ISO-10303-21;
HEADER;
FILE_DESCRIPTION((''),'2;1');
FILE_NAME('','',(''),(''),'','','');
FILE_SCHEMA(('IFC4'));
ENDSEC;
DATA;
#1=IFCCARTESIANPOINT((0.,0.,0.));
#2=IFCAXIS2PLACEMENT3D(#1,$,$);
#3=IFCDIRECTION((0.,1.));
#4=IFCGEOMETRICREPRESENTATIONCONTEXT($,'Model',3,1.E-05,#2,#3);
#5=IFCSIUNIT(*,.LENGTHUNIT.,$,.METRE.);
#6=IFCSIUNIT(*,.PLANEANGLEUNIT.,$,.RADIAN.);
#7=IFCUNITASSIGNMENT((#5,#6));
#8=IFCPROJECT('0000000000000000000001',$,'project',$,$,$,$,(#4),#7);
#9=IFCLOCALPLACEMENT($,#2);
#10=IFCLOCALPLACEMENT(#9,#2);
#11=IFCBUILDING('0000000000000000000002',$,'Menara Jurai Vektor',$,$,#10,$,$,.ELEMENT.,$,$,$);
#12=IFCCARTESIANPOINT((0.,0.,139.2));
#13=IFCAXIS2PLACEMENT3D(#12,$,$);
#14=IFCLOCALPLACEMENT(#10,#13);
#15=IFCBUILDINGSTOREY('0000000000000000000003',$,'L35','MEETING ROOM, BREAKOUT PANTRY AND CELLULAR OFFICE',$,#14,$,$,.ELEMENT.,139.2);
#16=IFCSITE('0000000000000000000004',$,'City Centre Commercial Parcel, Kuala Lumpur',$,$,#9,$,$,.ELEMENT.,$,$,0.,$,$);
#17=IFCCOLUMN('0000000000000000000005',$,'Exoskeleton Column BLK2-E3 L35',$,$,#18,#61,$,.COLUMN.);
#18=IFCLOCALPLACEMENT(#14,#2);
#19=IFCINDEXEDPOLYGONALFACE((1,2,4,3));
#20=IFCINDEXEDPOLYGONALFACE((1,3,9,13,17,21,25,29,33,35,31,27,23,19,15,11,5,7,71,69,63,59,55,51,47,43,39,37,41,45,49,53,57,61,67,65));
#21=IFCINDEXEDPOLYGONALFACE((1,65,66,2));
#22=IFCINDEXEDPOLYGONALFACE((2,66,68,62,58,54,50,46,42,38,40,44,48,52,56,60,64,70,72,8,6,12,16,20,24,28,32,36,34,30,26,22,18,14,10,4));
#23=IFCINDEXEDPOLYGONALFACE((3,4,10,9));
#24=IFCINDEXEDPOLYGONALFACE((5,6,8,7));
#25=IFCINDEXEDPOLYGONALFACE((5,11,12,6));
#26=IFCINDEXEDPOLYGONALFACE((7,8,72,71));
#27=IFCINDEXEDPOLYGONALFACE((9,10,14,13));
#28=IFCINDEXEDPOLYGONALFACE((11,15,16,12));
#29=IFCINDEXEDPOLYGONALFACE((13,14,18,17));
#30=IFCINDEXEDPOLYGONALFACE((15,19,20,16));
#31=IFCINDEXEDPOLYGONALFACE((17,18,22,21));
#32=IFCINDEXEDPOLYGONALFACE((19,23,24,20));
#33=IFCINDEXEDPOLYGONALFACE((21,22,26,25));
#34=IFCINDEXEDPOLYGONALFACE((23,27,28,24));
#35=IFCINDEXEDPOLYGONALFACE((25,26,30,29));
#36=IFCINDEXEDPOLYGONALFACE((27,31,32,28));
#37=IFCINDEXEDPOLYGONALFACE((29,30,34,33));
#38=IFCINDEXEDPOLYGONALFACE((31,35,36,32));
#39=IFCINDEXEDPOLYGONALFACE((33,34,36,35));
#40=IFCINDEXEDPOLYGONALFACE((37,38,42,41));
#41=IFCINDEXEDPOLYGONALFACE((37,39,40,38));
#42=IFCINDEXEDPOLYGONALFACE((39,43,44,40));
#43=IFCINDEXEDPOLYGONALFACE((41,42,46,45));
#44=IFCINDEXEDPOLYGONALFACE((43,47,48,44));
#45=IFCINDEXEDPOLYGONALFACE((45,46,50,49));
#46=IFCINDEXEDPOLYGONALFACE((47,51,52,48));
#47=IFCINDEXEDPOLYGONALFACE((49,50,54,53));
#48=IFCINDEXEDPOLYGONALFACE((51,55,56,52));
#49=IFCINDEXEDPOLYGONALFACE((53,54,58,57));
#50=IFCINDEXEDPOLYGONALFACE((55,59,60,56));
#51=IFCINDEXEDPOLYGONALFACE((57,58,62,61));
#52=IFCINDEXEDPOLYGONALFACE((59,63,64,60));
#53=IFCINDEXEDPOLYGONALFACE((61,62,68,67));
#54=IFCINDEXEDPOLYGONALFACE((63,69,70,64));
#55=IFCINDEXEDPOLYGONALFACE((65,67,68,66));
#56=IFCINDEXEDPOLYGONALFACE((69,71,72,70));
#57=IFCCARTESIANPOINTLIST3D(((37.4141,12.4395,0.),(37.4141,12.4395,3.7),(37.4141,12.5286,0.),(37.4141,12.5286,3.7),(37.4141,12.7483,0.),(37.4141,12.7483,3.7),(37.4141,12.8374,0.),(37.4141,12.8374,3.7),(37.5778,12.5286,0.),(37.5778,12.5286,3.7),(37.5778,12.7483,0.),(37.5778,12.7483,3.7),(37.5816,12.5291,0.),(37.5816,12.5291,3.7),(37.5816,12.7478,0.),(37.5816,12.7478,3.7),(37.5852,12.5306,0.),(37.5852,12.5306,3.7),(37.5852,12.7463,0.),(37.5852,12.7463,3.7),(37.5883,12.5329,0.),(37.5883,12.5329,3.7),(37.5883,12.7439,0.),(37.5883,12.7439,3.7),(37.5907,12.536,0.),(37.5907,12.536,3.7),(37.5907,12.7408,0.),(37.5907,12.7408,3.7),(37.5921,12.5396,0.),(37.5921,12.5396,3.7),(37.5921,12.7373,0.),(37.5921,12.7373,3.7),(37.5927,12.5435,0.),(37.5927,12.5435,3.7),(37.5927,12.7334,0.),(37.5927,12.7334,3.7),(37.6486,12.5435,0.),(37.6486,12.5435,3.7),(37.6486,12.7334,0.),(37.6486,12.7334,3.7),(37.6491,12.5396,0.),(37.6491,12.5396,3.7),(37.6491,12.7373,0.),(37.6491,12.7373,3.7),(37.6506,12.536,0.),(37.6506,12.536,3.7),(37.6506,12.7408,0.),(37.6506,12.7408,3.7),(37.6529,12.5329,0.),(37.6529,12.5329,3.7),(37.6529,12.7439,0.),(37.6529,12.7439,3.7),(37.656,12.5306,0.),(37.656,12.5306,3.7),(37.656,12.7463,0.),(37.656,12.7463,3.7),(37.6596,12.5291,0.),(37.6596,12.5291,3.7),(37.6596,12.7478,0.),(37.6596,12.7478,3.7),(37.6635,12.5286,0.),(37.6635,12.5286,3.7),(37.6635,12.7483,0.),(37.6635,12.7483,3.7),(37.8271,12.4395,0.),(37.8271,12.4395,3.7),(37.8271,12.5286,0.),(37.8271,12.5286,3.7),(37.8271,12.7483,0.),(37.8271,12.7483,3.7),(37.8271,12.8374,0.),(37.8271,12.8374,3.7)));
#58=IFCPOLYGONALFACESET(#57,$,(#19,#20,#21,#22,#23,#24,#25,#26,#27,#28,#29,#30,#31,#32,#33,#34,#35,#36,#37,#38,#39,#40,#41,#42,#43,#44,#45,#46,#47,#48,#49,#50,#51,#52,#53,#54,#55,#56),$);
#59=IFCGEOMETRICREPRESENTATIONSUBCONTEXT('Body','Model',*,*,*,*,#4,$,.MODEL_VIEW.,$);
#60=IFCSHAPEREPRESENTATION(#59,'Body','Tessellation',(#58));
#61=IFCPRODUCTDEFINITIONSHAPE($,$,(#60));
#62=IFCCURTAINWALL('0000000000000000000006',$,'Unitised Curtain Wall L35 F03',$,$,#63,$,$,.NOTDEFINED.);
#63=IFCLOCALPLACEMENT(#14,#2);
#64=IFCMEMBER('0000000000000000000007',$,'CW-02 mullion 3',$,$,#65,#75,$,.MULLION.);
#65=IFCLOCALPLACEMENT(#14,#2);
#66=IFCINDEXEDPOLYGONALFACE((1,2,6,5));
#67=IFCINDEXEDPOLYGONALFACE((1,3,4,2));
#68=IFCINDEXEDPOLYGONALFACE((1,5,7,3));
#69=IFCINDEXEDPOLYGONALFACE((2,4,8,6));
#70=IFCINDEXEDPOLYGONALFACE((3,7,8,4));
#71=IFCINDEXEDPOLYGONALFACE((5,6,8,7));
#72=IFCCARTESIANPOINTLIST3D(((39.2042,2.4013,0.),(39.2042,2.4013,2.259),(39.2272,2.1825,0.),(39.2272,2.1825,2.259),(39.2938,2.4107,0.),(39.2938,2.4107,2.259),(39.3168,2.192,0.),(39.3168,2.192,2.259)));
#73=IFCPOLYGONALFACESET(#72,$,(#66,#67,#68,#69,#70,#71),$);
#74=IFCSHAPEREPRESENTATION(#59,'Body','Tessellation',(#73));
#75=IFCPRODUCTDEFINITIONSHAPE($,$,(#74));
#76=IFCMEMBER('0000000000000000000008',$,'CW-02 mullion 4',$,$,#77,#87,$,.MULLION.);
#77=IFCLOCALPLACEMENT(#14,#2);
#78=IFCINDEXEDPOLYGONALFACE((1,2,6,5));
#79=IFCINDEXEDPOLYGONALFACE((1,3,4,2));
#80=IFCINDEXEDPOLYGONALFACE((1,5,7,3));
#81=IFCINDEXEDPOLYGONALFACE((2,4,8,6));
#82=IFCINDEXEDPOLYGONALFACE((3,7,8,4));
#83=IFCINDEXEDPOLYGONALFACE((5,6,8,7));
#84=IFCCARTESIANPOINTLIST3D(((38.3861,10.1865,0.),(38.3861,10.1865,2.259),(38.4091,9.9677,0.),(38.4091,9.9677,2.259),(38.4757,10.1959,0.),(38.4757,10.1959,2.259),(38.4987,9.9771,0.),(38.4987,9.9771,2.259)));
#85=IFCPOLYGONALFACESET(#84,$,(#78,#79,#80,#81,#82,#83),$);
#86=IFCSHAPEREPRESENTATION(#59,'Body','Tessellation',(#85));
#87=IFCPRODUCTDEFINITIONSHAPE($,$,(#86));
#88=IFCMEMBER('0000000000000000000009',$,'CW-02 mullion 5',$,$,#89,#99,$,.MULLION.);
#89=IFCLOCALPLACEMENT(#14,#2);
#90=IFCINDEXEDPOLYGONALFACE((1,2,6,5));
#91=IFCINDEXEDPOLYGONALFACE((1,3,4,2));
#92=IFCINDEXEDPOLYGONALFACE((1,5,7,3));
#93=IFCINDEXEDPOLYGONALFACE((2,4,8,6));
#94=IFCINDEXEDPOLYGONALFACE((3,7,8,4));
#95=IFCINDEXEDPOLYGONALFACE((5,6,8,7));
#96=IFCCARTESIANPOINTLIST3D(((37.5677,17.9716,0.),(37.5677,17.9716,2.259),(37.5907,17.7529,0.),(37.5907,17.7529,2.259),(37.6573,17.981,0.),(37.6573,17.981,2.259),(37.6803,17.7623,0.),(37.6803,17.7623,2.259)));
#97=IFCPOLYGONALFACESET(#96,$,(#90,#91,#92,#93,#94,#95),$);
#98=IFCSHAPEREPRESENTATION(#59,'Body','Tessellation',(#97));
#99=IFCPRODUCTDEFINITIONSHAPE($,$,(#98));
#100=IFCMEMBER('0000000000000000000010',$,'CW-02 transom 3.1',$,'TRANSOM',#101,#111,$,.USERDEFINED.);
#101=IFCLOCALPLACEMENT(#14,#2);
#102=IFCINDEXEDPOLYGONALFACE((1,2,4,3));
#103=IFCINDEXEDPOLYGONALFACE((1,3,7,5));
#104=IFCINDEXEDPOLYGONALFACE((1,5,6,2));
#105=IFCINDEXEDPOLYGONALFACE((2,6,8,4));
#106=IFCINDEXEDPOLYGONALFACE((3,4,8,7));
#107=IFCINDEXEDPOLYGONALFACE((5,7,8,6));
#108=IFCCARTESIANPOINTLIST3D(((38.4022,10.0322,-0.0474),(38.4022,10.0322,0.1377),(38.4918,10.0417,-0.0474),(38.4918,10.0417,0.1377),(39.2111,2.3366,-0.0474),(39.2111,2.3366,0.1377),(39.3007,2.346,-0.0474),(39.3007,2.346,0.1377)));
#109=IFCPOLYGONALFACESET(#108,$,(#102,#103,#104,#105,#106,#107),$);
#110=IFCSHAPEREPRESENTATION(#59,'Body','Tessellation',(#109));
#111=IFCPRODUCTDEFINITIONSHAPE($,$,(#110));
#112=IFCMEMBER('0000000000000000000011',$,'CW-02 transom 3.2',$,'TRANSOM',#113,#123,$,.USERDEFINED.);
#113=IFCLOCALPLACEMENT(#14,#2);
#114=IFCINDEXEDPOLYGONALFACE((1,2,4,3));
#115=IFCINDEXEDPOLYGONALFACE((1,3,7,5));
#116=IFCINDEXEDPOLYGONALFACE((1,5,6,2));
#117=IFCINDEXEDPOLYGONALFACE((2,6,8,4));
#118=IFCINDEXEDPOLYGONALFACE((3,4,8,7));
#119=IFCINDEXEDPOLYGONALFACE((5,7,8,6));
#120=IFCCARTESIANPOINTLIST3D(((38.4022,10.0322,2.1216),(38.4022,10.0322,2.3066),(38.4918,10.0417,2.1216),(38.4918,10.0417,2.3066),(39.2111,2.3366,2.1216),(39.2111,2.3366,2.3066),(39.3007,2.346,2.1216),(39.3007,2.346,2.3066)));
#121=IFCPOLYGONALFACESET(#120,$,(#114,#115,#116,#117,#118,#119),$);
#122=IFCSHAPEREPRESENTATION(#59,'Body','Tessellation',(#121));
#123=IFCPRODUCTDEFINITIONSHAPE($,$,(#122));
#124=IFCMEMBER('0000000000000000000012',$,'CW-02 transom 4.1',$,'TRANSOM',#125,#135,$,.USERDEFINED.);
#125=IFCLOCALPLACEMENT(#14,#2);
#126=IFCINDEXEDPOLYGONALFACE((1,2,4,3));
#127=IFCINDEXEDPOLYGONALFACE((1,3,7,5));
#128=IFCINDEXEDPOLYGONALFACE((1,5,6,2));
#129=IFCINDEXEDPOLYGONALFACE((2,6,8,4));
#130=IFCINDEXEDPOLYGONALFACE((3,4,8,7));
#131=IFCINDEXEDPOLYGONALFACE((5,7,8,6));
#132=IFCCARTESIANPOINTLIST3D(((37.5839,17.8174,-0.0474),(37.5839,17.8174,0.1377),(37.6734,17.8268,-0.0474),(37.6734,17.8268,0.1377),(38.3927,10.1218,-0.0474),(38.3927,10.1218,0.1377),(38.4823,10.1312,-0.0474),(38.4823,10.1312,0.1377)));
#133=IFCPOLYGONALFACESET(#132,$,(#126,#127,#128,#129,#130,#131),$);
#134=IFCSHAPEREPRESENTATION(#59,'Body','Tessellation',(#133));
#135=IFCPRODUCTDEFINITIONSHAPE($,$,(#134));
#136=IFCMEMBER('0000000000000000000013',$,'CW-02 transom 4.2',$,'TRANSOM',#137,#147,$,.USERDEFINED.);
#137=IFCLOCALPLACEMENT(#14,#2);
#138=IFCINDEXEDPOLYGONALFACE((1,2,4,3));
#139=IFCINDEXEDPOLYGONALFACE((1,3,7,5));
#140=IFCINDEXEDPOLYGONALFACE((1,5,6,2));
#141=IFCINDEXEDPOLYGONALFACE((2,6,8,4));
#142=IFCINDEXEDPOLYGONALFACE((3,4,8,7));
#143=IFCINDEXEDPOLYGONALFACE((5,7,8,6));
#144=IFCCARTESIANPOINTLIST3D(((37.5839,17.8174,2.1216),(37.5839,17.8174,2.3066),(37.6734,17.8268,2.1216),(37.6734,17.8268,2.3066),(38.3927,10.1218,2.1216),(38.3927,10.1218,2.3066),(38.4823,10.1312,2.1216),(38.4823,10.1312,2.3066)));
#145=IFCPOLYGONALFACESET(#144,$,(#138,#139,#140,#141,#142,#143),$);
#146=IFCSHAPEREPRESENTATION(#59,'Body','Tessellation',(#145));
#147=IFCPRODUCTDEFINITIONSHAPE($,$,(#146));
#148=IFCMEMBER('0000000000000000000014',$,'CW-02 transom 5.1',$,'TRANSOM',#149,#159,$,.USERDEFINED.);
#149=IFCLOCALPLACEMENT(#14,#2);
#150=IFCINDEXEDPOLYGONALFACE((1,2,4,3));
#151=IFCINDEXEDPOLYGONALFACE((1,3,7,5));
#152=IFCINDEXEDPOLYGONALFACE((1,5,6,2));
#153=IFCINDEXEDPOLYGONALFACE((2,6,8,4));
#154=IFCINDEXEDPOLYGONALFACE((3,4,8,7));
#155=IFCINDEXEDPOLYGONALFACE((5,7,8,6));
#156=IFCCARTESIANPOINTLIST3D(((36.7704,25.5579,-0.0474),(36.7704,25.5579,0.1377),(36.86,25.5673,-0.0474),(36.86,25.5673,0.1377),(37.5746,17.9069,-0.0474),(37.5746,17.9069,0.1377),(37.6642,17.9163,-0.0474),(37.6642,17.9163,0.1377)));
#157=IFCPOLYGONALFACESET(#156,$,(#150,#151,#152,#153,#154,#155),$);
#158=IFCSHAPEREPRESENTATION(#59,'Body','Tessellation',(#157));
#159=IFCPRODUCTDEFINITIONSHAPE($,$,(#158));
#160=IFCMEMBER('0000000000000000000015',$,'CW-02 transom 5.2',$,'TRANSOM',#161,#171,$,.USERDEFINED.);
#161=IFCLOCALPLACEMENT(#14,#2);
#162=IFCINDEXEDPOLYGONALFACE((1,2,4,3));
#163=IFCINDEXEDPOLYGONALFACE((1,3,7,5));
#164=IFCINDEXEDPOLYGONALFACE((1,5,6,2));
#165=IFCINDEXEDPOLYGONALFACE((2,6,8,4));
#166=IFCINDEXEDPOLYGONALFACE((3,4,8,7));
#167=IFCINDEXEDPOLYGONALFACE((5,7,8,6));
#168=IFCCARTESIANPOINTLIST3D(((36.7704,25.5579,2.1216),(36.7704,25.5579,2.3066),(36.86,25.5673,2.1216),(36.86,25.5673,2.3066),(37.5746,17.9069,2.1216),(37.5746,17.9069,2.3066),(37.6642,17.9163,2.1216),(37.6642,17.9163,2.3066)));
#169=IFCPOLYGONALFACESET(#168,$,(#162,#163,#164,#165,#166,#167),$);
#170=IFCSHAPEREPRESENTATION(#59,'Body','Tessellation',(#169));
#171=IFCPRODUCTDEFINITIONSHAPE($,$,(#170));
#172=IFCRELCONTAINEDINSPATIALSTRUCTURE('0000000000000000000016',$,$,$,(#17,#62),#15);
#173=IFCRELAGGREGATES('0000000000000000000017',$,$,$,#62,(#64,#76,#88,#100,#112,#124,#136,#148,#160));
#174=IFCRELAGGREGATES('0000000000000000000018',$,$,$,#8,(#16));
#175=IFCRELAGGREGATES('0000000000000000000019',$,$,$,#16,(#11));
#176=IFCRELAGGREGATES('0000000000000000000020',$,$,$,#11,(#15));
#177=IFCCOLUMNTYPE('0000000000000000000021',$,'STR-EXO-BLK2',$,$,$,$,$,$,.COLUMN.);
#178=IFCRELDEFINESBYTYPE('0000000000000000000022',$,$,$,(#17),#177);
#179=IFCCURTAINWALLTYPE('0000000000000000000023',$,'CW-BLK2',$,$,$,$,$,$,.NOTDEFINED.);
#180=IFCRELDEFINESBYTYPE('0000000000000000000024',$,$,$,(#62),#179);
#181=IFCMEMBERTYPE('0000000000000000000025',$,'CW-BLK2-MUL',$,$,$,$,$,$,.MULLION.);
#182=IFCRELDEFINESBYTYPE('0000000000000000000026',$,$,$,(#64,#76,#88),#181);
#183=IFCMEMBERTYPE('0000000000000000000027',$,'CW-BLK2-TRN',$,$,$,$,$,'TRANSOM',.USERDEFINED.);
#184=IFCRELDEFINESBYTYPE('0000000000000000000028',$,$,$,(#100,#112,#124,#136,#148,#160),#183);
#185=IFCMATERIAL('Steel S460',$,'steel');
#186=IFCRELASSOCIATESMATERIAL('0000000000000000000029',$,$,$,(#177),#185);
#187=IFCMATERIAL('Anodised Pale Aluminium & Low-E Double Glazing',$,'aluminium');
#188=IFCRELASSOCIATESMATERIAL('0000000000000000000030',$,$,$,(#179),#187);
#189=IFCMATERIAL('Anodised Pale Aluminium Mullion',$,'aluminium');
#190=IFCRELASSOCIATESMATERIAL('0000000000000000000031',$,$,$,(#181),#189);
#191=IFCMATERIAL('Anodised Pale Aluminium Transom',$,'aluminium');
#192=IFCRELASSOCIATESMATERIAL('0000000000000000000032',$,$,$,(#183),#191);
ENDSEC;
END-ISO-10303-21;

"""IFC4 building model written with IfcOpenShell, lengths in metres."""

from ifc_helpers import new_model, si_unit, direction, frame, origin, origin_2d, place, context, subcontext, project, spatial, rectangle, i_section, extrude, material, material_profile, profile_set, type_object, element, aggregate, save


model = new_model("IFC4")

# Units and contexts
model_context = context("Model", 3, precision=1e-05, world=origin(), true_north=direction((0.0, 1.0)))
body_context = subcontext(model_context, "Body", "Model", "MODEL_VIEW")
ifc_project = project(units=[si_unit("LENGTHUNIT", "METRE"), si_unit("PLANEANGLEUNIT", "RADIAN")], contexts=[model_context])

# Site, building, storey
site_placement = place(None, origin())
site = spatial("IfcSite", under=ifc_project, at=site_placement, Name="City Centre Commercial Parcel, Kuala Lumpur", CompositionType="ELEMENT", RefElevation=0.0)
building_placement = place(site_placement, origin())
building = spatial("IfcBuilding", under=site, at=building_placement, Name="Menara Jurai Vektor", CompositionType="ELEMENT")
storey_placement = place(building_placement, frame((0.0, 0.0, 139.2)))
storey = spatial("IfcBuildingStorey", under=building, at=storey_placement, Name="L35", Description="MEETING ROOM, BREAKOUT PANTRY AND CELLULAR OFFICE", CompositionType="ELEMENT", Elevation=139.2)

# Column
ifc_material_1 = material(Name="Steel S460", Category="steel")
ifc_material_profile_1 = material_profile(ifc_material_1, i_section(OverallWidth=0.4131, OverallDepth=0.3979, WebThickness=0.0559, FlangeThickness=0.0891, FilletRadius=0.0149, at=origin_2d()), Name="HD 400x744")
ifc_profile_set_1 = profile_set([ifc_material_profile_1], Name="Steel S460")
column_type = type_object("IfcColumnType", Name="STR-EXO-BLK2", PredefinedType="COLUMN", material=ifc_profile_set_1)
column_placement = place(storey_placement, frame((37.6206, 12.6384, 0.0), z_axis=(0.0, 0.0, 1.0), x_axis=(1.0, 0.0, 0.0)))
element("IfcColumn", 1, at=column_placement, inside=storey, type_object=column_type, Name="Exoskeleton Column BLK2-E3 L35", PredefinedType="COLUMN", context=body_context, shape_type="SweptSolid", body=[
    extrude(i_section(OverallWidth=0.4131, OverallDepth=0.3979, WebThickness=0.0559, FlangeThickness=0.0891, FilletRadius=0.0149, at=origin_2d()), origin(), (0.0, 0.0, 1.0), 3.7),
])

# Curtain wall, members
ifc_material_2 = material(Name="Anodised Pale Aluminium & Low-E Double Glazing", Category="aluminium")
curtain_wall_type = type_object("IfcCurtainWallType", Name="CW-BLK2", PredefinedType="NOTDEFINED", material=ifc_material_2)
curtain_wall_placement = place(storey_placement, origin())
curtain_wall = element("IfcCurtainWall", 2, at=curtain_wall_placement, inside=storey, type_object=curtain_wall_type, Name="Unitised Curtain Wall L35 F03", PredefinedType="NOTDEFINED")
ifc_material_3 = material(Name="Anodised Pale Aluminium Mullion", Category="aluminium")
ifc_material_profile_2 = material_profile(ifc_material_3, rectangle(XDim=0.0901, YDim=0.22, at=origin_2d()), Name="ALU MUL 90x220")
ifc_profile_set_2 = profile_set([ifc_material_profile_2], Name="Anodised Pale Aluminium Mullion")
member_type_1 = type_object("IfcMemberType", Name="CW-BLK2-MUL", PredefinedType="MULLION", material=ifc_profile_set_2)
member_1_placement = place(storey_placement, frame((39.2605, 2.2966, 0.0), z_axis=(0.0, 0.0, 1.0), x_axis=(-0.994522, -0.10453, 0.0)))
member_1 = element("IfcMember", 3, at=member_1_placement, type_object=member_type_1, Name="CW-02 mullion 3", PredefinedType="MULLION", context=body_context, shape_type="SweptSolid", body=[
    extrude(rectangle(XDim=0.0901, YDim=0.22, at=origin_2d()), origin(), (0.0, 0.0, 1.0), 2.259),
])
member_2_placement = place(storey_placement, frame((38.4424, 10.0818, 0.0), z_axis=(0.0, 0.0, 1.0), x_axis=(-0.994522, -0.10453, 0.0)))
member_2 = element("IfcMember", 4, at=member_2_placement, type_object=member_type_1, Name="CW-02 mullion 4", PredefinedType="MULLION", context=body_context, shape_type="SweptSolid", body=[
    extrude(rectangle(XDim=0.0901, YDim=0.22, at=origin_2d()), origin(), (0.0, 0.0, 1.0), 2.259),
])
member_3_placement = place(storey_placement, frame((37.624, 17.8669, 0.0), z_axis=(0.0, 0.0, 1.0), x_axis=(-0.994522, -0.10453, 0.0)))
member_3 = element("IfcMember", 5, at=member_3_placement, type_object=member_type_1, Name="CW-02 mullion 5", PredefinedType="MULLION", context=body_context, shape_type="SweptSolid", body=[
    extrude(rectangle(XDim=0.0901, YDim=0.22, at=origin_2d()), origin(), (0.0, 0.0, 1.0), 2.259),
])
ifc_material_4 = material(Name="Anodised Pale Aluminium Transom", Category="aluminium")
ifc_material_profile_3 = material_profile(ifc_material_4, rectangle(XDim=0.0901, YDim=0.1851, at=origin_2d()), Name="ALU TRN 90x185")
ifc_profile_set_3 = profile_set([ifc_material_profile_3], Name="Anodised Pale Aluminium Transom")
member_type_2 = type_object("IfcMemberType", Name="CW-BLK2-TRN", ElementType="TRANSOM", PredefinedType="USERDEFINED", material=ifc_profile_set_3)
member_4_placement = place(storey_placement, frame((39.2559, 2.3413, 0.0452), z_axis=(-0.104529, 0.994522, 0.0), x_axis=(-0.994522, -0.104529, 0.0)))
member_4 = element("IfcMember", 6, at=member_4_placement, type_object=member_type_2, Name="CW-02 transom 3.1", ObjectType="TRANSOM", PredefinedType="USERDEFINED", context=body_context, shape_type="SweptSolid", body=[
    extrude(rectangle(XDim=0.0901, YDim=0.1851, at=origin_2d()), origin(), (0.0, 0.0, 1.0), 7.738),
])
member_5_placement = place(storey_placement, frame((39.2559, 2.3413, 2.2141), z_axis=(-0.104529, 0.994522, 0.0), x_axis=(-0.994522, -0.104529, 0.0)))
member_5 = element("IfcMember", 7, at=member_5_placement, type_object=member_type_2, Name="CW-02 transom 3.2", ObjectType="TRANSOM", PredefinedType="USERDEFINED", context=body_context, shape_type="SweptSolid", body=[
    extrude(rectangle(XDim=0.0901, YDim=0.1851, at=origin_2d()), origin(), (0.0, 0.0, 1.0), 7.738),
])
member_6_placement = place(storey_placement, frame((38.4375, 10.1265, 0.0452), z_axis=(-0.104529, 0.994522, 0.0), x_axis=(-0.994522, -0.104529, 0.0)))
member_6 = element("IfcMember", 8, at=member_6_placement, type_object=member_type_2, Name="CW-02 transom 4.1", ObjectType="TRANSOM", PredefinedType="USERDEFINED", context=body_context, shape_type="SweptSolid", body=[
    extrude(rectangle(XDim=0.0901, YDim=0.1851, at=origin_2d()), origin(), (0.0, 0.0, 1.0), 7.738),
])
member_7_placement = place(storey_placement, frame((38.4375, 10.1265, 2.2141), z_axis=(-0.104529, 0.994522, 0.0), x_axis=(-0.994522, -0.104529, 0.0)))
member_7 = element("IfcMember", 9, at=member_7_placement, type_object=member_type_2, Name="CW-02 transom 4.2", ObjectType="TRANSOM", PredefinedType="USERDEFINED", context=body_context, shape_type="SweptSolid", body=[
    extrude(rectangle(XDim=0.0901, YDim=0.1851, at=origin_2d()), origin(), (0.0, 0.0, 1.0), 7.738),
])
member_8_placement = place(storey_placement, frame((37.6194, 17.9116, 0.0452), z_axis=(-0.104536, 0.994521, 0.0), x_axis=(-0.994521, -0.104536, 0.0)))
member_8 = element("IfcMember", 10, at=member_8_placement, type_object=member_type_2, Name="CW-02 transom 5.1", ObjectType="TRANSOM", PredefinedType="USERDEFINED", context=body_context, shape_type="SweptSolid", body=[
    extrude(rectangle(XDim=0.0901, YDim=0.1851, at=origin_2d()), origin(), (0.0, 0.0, 1.0), 7.6931),
])
member_9_placement = place(storey_placement, frame((37.6194, 17.9116, 2.2141), z_axis=(-0.104536, 0.994521, 0.0), x_axis=(-0.994521, -0.104536, 0.0)))
member_9 = element("IfcMember", 11, at=member_9_placement, type_object=member_type_2, Name="CW-02 transom 5.2", ObjectType="TRANSOM", PredefinedType="USERDEFINED", context=body_context, shape_type="SweptSolid", body=[
    extrude(rectangle(XDim=0.0901, YDim=0.1851, at=origin_2d()), origin(), (0.0, 0.0, 1.0), 7.6931),
])

aggregate(curtain_wall, [member_1, member_2, member_3, member_4, member_5, member_6, member_7, member_8, member_9])

save(model, "model.ifc")
